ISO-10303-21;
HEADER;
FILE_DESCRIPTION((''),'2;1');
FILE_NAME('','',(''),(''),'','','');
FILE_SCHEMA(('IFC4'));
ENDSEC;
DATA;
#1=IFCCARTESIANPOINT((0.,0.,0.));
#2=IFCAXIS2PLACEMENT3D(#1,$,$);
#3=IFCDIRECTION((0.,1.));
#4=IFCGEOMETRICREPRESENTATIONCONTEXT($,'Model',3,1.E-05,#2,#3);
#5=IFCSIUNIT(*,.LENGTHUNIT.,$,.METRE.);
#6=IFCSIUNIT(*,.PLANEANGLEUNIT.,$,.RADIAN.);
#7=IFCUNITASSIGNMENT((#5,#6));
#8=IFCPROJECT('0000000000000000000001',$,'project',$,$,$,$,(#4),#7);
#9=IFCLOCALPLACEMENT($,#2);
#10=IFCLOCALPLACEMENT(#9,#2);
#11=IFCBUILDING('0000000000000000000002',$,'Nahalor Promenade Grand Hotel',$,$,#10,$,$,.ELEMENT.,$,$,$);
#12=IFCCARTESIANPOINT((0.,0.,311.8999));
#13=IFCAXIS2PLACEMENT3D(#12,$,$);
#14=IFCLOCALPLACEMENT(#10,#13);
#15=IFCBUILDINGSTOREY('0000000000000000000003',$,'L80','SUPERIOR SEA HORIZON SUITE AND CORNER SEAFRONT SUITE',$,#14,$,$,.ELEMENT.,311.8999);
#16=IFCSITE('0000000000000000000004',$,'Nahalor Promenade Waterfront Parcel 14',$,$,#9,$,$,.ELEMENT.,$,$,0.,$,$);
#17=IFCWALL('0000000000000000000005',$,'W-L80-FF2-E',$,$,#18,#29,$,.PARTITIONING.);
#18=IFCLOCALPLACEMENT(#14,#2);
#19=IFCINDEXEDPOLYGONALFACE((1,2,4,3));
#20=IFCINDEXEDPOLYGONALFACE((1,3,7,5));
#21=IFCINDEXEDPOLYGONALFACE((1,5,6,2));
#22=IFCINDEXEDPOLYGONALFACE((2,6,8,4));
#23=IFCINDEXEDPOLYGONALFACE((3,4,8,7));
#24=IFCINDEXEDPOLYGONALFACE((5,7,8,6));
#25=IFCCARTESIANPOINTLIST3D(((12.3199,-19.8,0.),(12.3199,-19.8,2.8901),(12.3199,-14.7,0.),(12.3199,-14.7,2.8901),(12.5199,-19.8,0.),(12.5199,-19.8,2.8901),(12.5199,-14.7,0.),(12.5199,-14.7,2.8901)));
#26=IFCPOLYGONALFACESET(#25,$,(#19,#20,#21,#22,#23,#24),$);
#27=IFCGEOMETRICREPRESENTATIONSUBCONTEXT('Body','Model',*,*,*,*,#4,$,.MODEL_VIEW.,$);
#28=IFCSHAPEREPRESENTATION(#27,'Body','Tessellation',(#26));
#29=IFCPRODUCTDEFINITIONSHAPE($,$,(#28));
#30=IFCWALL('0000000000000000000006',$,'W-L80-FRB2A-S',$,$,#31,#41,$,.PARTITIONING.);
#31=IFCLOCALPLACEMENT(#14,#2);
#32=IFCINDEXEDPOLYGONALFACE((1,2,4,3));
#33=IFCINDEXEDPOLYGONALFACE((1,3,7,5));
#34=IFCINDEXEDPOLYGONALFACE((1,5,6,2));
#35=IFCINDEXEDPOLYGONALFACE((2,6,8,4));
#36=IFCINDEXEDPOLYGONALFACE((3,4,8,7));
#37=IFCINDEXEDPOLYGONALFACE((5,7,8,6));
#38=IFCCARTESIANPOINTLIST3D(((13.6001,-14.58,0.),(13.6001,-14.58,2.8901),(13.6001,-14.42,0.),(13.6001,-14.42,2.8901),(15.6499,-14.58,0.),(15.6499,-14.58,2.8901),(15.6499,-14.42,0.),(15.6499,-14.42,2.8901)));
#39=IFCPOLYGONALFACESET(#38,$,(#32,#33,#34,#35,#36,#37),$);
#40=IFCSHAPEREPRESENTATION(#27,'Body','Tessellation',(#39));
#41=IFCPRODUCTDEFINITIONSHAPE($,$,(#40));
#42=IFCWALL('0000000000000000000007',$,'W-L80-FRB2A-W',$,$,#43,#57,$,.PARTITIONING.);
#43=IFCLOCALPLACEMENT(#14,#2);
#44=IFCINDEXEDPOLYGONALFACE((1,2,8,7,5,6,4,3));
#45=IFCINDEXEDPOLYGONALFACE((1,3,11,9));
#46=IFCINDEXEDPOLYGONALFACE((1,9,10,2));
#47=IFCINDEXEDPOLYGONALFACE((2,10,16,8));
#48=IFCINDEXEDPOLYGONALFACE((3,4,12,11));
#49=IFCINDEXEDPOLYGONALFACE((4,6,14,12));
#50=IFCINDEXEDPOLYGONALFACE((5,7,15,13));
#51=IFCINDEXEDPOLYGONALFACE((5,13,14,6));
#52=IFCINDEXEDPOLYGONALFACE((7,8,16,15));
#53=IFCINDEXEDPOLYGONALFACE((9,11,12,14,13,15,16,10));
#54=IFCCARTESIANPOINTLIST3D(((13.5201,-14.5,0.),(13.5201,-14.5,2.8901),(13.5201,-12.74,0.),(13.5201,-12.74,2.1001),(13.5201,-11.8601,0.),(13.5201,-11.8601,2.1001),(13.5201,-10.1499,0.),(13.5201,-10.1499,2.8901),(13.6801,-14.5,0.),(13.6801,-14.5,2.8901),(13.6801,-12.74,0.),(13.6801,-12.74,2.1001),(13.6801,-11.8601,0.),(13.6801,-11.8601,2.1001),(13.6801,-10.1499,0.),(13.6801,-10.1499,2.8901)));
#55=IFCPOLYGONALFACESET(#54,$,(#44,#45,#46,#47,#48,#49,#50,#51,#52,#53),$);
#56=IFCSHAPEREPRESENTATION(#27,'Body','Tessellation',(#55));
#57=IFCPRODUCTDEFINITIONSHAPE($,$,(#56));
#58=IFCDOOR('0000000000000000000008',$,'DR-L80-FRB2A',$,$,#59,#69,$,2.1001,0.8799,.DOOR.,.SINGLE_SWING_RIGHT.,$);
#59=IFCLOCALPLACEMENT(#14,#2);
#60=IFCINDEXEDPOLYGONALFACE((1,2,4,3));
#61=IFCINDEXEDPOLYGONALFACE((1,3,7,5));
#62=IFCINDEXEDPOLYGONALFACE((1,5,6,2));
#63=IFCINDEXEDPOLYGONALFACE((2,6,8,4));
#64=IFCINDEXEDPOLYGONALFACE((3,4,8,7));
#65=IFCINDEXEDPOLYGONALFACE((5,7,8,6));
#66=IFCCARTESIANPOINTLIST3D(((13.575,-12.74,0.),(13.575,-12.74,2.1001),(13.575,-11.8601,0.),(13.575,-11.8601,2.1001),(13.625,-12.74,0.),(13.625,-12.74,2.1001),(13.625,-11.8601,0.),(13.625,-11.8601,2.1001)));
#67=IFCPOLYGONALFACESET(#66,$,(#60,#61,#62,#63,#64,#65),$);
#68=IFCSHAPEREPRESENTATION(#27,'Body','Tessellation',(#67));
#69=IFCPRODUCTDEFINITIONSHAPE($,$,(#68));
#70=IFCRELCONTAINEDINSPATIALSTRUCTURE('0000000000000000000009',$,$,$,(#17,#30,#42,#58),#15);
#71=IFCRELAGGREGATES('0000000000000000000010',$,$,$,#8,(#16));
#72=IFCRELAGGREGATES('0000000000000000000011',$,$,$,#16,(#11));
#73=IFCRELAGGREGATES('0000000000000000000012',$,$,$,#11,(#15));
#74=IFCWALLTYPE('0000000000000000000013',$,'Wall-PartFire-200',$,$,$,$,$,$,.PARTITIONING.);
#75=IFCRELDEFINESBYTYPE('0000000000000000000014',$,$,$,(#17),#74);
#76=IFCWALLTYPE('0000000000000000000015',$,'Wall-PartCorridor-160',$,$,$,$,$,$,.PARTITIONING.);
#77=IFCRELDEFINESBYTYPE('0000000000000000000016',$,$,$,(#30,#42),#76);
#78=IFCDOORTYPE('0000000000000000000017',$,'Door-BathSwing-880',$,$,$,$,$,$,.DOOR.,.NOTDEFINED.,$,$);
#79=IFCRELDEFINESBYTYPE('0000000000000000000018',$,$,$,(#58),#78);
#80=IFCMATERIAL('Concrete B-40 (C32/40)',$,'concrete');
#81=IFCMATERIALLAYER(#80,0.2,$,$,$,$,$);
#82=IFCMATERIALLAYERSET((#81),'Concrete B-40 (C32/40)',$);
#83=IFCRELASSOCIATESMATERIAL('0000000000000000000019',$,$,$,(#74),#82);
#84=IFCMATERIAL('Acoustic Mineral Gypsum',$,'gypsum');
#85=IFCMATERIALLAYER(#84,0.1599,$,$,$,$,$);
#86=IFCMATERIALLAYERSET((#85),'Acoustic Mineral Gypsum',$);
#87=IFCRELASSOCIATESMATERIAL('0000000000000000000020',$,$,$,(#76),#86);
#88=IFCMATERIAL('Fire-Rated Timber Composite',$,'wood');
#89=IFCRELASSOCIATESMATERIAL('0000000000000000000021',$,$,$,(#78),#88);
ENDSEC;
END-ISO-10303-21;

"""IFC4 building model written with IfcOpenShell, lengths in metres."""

from ifc_helpers import new_model, si_unit, direction, frame, frame_2d, origin, place, context, subcontext, project, spatial, rectangle, extrude, source, transform, mapped, material, layer, layer_set, type_object, element, fill, save


model = new_model("IFC4")

# Units and contexts
model_context = context("Model", 3, precision=1e-05, world=origin(), true_north=direction((0.0, 1.0)))
body_context = subcontext(model_context, "Body", "Model", "MODEL_VIEW")
ifc_project = project(units=[si_unit("LENGTHUNIT", "METRE"), si_unit("PLANEANGLEUNIT", "RADIAN")], contexts=[model_context])

# Site, building, storey
site_placement = place(None, origin())
site = spatial("IfcSite", under=ifc_project, at=site_placement, Name="Nahalor Promenade Waterfront Parcel 14", CompositionType="ELEMENT", RefElevation=0.0)
building_placement = place(site_placement, origin())
building = spatial("IfcBuilding", under=site, at=building_placement, Name="Nahalor Promenade Grand Hotel", CompositionType="ELEMENT")
storey_placement = place(building_placement, frame((0.0, 0.0, 311.8999)))
storey = spatial("IfcBuildingStorey", under=building, at=storey_placement, Name="L80", Description="SUPERIOR SEA HORIZON SUITE AND CORNER SEAFRONT SUITE", CompositionType="ELEMENT", Elevation=311.8999)

# Wall
ifc_material_1 = material(Name="Concrete B-40 (C32/40)", Category="concrete")
ifc_layer_1 = layer(ifc_material_1, 0.2)
ifc_layer_set_1 = layer_set([ifc_layer_1], Name="Concrete B-40 (C32/40)")
wall_type_1 = type_object("IfcWallType", Name="Wall-PartFire-200", PredefinedType="PARTITIONING", material=ifc_layer_set_1)
shared_shape_1 = source(origin(), body_context, "Body", "SweptSolid", [
    extrude(rectangle(XDim=5.1001, YDim=0.2, at=frame_2d((2.55, 0.0))), origin(), (0.0, 0.0, 1.0), 2.8901),
])
wall_1_placement = place(storey_placement, frame((12.4199, -19.8, 0.0), z_axis=(0.0, 0.0, 1.0), x_axis=(0.0, 1.0, 0.0)))
element("IfcWall", 1, at=wall_1_placement, inside=storey, type_object=wall_type_1, Name="W-L80-FF2-E", PredefinedType="PARTITIONING", context=body_context, shape_type="MappedRepresentation", body=[
    mapped(shared_shape_1, transform((0.0, 0.0, 0.0), scale=1.0)),
])

# Wall
ifc_material_2 = material(Name="Acoustic Mineral Gypsum", Category="gypsum")
ifc_layer_2 = layer(ifc_material_2, 0.1599)
ifc_layer_set_2 = layer_set([ifc_layer_2], Name="Acoustic Mineral Gypsum")
wall_type_2 = type_object("IfcWallType", Name="Wall-PartCorridor-160", PredefinedType="PARTITIONING", material=ifc_layer_set_2)
shared_shape_2 = source(origin(), body_context, "Body", "SweptSolid", [
    extrude(rectangle(XDim=2.0498, YDim=0.1599, at=frame_2d((1.0249, 0.0))), origin(), (0.0, 0.0, 1.0), 2.8901),
])
wall_2_placement = place(storey_placement, frame((13.6001, -14.5, 0.0), z_axis=(0.0, 0.0, 1.0), x_axis=(1.0, 0.0, 0.0)))
element("IfcWall", 2, at=wall_2_placement, inside=storey, type_object=wall_type_2, Name="W-L80-FRB2A-S", PredefinedType="PARTITIONING", context=body_context, shape_type="MappedRepresentation", body=[
    mapped(shared_shape_2, transform((0.0, 0.0, 0.0), scale=1.0)),
])

# Wall, opening, door
shared_shape_3 = source(origin(), body_context, "Body", "SweptSolid", [
    extrude(rectangle(XDim=4.3501, YDim=0.1599, at=frame_2d((2.175, 0.0))), origin(), (0.0, 0.0, 1.0), 2.8901),
])
wall_3_placement = place(storey_placement, frame((13.6001, -14.5, 0.0), z_axis=(0.0, 0.0, 1.0), x_axis=(0.0, 1.0, 0.0)))
wall_3 = element("IfcWall", 3, at=wall_3_placement, inside=storey, type_object=wall_type_2, Name="W-L80-FRB2A-W", PredefinedType="PARTITIONING", context=body_context, shape_type="MappedRepresentation", body=[
    mapped(shared_shape_3, transform((0.0, 0.0, 0.0), scale=1.0)),
])
opening_1_placement = place(wall_3_placement, frame((1.76, 0.0, 0.0)))
opening_1 = element("IfcOpeningElement", 4, at=opening_1_placement, cuts=wall_3, PredefinedType="OPENING", context=body_context, shape_type="SweptSolid", body=[
    extrude(rectangle(XDim=0.8799, YDim=2.1001, at=frame_2d((0.4399, 1.05))), frame((0.0, 0.0898, 0.0), z_axis=(0.0, -1.0, 0.0), x_axis=(1.0, 0.0, 0.0)), (0.0, 0.0, 1.0), 0.1799),
])
ifc_material_3 = material(Name="Fire-Rated Timber Composite", Category="wood")
door_type_1 = type_object("IfcDoorType", Name="Door-BathSwing-880", OperationType="NOTDEFINED", PredefinedType="DOOR", material=ifc_material_3)
shared_shape_4 = source(origin(), body_context, "Body", "SweptSolid", [
    extrude(rectangle(XDim=0.8799, YDim=2.1001, at=frame_2d((0.4399, 1.05))), frame((0.0, 0.0249, 0.0), z_axis=(0.0, -1.0, 0.0), x_axis=(1.0, 0.0, 0.0)), (0.0, 0.0, 1.0), 0.05),
])
door_1_placement = place(opening_1_placement, frame((0.8799, 0.0, 0.0), z_axis=(0.0, 0.0, 1.0), x_axis=(-1.0, 0.0, 0.0)))
door_1 = element("IfcDoor", 5, at=door_1_placement, inside=storey, type_object=door_type_1, Name="DR-L80-FRB2A", OperationType="SINGLE_SWING_RIGHT", OverallHeight=2.1001, OverallWidth=0.8799, PredefinedType="DOOR", context=body_context, shape_type="MappedRepresentation", body=[
    mapped(shared_shape_4, transform((0.0, 0.0, 0.0), scale=1.0)),
])
fill(opening_1, door_1)

save(model, "model.ifc")
